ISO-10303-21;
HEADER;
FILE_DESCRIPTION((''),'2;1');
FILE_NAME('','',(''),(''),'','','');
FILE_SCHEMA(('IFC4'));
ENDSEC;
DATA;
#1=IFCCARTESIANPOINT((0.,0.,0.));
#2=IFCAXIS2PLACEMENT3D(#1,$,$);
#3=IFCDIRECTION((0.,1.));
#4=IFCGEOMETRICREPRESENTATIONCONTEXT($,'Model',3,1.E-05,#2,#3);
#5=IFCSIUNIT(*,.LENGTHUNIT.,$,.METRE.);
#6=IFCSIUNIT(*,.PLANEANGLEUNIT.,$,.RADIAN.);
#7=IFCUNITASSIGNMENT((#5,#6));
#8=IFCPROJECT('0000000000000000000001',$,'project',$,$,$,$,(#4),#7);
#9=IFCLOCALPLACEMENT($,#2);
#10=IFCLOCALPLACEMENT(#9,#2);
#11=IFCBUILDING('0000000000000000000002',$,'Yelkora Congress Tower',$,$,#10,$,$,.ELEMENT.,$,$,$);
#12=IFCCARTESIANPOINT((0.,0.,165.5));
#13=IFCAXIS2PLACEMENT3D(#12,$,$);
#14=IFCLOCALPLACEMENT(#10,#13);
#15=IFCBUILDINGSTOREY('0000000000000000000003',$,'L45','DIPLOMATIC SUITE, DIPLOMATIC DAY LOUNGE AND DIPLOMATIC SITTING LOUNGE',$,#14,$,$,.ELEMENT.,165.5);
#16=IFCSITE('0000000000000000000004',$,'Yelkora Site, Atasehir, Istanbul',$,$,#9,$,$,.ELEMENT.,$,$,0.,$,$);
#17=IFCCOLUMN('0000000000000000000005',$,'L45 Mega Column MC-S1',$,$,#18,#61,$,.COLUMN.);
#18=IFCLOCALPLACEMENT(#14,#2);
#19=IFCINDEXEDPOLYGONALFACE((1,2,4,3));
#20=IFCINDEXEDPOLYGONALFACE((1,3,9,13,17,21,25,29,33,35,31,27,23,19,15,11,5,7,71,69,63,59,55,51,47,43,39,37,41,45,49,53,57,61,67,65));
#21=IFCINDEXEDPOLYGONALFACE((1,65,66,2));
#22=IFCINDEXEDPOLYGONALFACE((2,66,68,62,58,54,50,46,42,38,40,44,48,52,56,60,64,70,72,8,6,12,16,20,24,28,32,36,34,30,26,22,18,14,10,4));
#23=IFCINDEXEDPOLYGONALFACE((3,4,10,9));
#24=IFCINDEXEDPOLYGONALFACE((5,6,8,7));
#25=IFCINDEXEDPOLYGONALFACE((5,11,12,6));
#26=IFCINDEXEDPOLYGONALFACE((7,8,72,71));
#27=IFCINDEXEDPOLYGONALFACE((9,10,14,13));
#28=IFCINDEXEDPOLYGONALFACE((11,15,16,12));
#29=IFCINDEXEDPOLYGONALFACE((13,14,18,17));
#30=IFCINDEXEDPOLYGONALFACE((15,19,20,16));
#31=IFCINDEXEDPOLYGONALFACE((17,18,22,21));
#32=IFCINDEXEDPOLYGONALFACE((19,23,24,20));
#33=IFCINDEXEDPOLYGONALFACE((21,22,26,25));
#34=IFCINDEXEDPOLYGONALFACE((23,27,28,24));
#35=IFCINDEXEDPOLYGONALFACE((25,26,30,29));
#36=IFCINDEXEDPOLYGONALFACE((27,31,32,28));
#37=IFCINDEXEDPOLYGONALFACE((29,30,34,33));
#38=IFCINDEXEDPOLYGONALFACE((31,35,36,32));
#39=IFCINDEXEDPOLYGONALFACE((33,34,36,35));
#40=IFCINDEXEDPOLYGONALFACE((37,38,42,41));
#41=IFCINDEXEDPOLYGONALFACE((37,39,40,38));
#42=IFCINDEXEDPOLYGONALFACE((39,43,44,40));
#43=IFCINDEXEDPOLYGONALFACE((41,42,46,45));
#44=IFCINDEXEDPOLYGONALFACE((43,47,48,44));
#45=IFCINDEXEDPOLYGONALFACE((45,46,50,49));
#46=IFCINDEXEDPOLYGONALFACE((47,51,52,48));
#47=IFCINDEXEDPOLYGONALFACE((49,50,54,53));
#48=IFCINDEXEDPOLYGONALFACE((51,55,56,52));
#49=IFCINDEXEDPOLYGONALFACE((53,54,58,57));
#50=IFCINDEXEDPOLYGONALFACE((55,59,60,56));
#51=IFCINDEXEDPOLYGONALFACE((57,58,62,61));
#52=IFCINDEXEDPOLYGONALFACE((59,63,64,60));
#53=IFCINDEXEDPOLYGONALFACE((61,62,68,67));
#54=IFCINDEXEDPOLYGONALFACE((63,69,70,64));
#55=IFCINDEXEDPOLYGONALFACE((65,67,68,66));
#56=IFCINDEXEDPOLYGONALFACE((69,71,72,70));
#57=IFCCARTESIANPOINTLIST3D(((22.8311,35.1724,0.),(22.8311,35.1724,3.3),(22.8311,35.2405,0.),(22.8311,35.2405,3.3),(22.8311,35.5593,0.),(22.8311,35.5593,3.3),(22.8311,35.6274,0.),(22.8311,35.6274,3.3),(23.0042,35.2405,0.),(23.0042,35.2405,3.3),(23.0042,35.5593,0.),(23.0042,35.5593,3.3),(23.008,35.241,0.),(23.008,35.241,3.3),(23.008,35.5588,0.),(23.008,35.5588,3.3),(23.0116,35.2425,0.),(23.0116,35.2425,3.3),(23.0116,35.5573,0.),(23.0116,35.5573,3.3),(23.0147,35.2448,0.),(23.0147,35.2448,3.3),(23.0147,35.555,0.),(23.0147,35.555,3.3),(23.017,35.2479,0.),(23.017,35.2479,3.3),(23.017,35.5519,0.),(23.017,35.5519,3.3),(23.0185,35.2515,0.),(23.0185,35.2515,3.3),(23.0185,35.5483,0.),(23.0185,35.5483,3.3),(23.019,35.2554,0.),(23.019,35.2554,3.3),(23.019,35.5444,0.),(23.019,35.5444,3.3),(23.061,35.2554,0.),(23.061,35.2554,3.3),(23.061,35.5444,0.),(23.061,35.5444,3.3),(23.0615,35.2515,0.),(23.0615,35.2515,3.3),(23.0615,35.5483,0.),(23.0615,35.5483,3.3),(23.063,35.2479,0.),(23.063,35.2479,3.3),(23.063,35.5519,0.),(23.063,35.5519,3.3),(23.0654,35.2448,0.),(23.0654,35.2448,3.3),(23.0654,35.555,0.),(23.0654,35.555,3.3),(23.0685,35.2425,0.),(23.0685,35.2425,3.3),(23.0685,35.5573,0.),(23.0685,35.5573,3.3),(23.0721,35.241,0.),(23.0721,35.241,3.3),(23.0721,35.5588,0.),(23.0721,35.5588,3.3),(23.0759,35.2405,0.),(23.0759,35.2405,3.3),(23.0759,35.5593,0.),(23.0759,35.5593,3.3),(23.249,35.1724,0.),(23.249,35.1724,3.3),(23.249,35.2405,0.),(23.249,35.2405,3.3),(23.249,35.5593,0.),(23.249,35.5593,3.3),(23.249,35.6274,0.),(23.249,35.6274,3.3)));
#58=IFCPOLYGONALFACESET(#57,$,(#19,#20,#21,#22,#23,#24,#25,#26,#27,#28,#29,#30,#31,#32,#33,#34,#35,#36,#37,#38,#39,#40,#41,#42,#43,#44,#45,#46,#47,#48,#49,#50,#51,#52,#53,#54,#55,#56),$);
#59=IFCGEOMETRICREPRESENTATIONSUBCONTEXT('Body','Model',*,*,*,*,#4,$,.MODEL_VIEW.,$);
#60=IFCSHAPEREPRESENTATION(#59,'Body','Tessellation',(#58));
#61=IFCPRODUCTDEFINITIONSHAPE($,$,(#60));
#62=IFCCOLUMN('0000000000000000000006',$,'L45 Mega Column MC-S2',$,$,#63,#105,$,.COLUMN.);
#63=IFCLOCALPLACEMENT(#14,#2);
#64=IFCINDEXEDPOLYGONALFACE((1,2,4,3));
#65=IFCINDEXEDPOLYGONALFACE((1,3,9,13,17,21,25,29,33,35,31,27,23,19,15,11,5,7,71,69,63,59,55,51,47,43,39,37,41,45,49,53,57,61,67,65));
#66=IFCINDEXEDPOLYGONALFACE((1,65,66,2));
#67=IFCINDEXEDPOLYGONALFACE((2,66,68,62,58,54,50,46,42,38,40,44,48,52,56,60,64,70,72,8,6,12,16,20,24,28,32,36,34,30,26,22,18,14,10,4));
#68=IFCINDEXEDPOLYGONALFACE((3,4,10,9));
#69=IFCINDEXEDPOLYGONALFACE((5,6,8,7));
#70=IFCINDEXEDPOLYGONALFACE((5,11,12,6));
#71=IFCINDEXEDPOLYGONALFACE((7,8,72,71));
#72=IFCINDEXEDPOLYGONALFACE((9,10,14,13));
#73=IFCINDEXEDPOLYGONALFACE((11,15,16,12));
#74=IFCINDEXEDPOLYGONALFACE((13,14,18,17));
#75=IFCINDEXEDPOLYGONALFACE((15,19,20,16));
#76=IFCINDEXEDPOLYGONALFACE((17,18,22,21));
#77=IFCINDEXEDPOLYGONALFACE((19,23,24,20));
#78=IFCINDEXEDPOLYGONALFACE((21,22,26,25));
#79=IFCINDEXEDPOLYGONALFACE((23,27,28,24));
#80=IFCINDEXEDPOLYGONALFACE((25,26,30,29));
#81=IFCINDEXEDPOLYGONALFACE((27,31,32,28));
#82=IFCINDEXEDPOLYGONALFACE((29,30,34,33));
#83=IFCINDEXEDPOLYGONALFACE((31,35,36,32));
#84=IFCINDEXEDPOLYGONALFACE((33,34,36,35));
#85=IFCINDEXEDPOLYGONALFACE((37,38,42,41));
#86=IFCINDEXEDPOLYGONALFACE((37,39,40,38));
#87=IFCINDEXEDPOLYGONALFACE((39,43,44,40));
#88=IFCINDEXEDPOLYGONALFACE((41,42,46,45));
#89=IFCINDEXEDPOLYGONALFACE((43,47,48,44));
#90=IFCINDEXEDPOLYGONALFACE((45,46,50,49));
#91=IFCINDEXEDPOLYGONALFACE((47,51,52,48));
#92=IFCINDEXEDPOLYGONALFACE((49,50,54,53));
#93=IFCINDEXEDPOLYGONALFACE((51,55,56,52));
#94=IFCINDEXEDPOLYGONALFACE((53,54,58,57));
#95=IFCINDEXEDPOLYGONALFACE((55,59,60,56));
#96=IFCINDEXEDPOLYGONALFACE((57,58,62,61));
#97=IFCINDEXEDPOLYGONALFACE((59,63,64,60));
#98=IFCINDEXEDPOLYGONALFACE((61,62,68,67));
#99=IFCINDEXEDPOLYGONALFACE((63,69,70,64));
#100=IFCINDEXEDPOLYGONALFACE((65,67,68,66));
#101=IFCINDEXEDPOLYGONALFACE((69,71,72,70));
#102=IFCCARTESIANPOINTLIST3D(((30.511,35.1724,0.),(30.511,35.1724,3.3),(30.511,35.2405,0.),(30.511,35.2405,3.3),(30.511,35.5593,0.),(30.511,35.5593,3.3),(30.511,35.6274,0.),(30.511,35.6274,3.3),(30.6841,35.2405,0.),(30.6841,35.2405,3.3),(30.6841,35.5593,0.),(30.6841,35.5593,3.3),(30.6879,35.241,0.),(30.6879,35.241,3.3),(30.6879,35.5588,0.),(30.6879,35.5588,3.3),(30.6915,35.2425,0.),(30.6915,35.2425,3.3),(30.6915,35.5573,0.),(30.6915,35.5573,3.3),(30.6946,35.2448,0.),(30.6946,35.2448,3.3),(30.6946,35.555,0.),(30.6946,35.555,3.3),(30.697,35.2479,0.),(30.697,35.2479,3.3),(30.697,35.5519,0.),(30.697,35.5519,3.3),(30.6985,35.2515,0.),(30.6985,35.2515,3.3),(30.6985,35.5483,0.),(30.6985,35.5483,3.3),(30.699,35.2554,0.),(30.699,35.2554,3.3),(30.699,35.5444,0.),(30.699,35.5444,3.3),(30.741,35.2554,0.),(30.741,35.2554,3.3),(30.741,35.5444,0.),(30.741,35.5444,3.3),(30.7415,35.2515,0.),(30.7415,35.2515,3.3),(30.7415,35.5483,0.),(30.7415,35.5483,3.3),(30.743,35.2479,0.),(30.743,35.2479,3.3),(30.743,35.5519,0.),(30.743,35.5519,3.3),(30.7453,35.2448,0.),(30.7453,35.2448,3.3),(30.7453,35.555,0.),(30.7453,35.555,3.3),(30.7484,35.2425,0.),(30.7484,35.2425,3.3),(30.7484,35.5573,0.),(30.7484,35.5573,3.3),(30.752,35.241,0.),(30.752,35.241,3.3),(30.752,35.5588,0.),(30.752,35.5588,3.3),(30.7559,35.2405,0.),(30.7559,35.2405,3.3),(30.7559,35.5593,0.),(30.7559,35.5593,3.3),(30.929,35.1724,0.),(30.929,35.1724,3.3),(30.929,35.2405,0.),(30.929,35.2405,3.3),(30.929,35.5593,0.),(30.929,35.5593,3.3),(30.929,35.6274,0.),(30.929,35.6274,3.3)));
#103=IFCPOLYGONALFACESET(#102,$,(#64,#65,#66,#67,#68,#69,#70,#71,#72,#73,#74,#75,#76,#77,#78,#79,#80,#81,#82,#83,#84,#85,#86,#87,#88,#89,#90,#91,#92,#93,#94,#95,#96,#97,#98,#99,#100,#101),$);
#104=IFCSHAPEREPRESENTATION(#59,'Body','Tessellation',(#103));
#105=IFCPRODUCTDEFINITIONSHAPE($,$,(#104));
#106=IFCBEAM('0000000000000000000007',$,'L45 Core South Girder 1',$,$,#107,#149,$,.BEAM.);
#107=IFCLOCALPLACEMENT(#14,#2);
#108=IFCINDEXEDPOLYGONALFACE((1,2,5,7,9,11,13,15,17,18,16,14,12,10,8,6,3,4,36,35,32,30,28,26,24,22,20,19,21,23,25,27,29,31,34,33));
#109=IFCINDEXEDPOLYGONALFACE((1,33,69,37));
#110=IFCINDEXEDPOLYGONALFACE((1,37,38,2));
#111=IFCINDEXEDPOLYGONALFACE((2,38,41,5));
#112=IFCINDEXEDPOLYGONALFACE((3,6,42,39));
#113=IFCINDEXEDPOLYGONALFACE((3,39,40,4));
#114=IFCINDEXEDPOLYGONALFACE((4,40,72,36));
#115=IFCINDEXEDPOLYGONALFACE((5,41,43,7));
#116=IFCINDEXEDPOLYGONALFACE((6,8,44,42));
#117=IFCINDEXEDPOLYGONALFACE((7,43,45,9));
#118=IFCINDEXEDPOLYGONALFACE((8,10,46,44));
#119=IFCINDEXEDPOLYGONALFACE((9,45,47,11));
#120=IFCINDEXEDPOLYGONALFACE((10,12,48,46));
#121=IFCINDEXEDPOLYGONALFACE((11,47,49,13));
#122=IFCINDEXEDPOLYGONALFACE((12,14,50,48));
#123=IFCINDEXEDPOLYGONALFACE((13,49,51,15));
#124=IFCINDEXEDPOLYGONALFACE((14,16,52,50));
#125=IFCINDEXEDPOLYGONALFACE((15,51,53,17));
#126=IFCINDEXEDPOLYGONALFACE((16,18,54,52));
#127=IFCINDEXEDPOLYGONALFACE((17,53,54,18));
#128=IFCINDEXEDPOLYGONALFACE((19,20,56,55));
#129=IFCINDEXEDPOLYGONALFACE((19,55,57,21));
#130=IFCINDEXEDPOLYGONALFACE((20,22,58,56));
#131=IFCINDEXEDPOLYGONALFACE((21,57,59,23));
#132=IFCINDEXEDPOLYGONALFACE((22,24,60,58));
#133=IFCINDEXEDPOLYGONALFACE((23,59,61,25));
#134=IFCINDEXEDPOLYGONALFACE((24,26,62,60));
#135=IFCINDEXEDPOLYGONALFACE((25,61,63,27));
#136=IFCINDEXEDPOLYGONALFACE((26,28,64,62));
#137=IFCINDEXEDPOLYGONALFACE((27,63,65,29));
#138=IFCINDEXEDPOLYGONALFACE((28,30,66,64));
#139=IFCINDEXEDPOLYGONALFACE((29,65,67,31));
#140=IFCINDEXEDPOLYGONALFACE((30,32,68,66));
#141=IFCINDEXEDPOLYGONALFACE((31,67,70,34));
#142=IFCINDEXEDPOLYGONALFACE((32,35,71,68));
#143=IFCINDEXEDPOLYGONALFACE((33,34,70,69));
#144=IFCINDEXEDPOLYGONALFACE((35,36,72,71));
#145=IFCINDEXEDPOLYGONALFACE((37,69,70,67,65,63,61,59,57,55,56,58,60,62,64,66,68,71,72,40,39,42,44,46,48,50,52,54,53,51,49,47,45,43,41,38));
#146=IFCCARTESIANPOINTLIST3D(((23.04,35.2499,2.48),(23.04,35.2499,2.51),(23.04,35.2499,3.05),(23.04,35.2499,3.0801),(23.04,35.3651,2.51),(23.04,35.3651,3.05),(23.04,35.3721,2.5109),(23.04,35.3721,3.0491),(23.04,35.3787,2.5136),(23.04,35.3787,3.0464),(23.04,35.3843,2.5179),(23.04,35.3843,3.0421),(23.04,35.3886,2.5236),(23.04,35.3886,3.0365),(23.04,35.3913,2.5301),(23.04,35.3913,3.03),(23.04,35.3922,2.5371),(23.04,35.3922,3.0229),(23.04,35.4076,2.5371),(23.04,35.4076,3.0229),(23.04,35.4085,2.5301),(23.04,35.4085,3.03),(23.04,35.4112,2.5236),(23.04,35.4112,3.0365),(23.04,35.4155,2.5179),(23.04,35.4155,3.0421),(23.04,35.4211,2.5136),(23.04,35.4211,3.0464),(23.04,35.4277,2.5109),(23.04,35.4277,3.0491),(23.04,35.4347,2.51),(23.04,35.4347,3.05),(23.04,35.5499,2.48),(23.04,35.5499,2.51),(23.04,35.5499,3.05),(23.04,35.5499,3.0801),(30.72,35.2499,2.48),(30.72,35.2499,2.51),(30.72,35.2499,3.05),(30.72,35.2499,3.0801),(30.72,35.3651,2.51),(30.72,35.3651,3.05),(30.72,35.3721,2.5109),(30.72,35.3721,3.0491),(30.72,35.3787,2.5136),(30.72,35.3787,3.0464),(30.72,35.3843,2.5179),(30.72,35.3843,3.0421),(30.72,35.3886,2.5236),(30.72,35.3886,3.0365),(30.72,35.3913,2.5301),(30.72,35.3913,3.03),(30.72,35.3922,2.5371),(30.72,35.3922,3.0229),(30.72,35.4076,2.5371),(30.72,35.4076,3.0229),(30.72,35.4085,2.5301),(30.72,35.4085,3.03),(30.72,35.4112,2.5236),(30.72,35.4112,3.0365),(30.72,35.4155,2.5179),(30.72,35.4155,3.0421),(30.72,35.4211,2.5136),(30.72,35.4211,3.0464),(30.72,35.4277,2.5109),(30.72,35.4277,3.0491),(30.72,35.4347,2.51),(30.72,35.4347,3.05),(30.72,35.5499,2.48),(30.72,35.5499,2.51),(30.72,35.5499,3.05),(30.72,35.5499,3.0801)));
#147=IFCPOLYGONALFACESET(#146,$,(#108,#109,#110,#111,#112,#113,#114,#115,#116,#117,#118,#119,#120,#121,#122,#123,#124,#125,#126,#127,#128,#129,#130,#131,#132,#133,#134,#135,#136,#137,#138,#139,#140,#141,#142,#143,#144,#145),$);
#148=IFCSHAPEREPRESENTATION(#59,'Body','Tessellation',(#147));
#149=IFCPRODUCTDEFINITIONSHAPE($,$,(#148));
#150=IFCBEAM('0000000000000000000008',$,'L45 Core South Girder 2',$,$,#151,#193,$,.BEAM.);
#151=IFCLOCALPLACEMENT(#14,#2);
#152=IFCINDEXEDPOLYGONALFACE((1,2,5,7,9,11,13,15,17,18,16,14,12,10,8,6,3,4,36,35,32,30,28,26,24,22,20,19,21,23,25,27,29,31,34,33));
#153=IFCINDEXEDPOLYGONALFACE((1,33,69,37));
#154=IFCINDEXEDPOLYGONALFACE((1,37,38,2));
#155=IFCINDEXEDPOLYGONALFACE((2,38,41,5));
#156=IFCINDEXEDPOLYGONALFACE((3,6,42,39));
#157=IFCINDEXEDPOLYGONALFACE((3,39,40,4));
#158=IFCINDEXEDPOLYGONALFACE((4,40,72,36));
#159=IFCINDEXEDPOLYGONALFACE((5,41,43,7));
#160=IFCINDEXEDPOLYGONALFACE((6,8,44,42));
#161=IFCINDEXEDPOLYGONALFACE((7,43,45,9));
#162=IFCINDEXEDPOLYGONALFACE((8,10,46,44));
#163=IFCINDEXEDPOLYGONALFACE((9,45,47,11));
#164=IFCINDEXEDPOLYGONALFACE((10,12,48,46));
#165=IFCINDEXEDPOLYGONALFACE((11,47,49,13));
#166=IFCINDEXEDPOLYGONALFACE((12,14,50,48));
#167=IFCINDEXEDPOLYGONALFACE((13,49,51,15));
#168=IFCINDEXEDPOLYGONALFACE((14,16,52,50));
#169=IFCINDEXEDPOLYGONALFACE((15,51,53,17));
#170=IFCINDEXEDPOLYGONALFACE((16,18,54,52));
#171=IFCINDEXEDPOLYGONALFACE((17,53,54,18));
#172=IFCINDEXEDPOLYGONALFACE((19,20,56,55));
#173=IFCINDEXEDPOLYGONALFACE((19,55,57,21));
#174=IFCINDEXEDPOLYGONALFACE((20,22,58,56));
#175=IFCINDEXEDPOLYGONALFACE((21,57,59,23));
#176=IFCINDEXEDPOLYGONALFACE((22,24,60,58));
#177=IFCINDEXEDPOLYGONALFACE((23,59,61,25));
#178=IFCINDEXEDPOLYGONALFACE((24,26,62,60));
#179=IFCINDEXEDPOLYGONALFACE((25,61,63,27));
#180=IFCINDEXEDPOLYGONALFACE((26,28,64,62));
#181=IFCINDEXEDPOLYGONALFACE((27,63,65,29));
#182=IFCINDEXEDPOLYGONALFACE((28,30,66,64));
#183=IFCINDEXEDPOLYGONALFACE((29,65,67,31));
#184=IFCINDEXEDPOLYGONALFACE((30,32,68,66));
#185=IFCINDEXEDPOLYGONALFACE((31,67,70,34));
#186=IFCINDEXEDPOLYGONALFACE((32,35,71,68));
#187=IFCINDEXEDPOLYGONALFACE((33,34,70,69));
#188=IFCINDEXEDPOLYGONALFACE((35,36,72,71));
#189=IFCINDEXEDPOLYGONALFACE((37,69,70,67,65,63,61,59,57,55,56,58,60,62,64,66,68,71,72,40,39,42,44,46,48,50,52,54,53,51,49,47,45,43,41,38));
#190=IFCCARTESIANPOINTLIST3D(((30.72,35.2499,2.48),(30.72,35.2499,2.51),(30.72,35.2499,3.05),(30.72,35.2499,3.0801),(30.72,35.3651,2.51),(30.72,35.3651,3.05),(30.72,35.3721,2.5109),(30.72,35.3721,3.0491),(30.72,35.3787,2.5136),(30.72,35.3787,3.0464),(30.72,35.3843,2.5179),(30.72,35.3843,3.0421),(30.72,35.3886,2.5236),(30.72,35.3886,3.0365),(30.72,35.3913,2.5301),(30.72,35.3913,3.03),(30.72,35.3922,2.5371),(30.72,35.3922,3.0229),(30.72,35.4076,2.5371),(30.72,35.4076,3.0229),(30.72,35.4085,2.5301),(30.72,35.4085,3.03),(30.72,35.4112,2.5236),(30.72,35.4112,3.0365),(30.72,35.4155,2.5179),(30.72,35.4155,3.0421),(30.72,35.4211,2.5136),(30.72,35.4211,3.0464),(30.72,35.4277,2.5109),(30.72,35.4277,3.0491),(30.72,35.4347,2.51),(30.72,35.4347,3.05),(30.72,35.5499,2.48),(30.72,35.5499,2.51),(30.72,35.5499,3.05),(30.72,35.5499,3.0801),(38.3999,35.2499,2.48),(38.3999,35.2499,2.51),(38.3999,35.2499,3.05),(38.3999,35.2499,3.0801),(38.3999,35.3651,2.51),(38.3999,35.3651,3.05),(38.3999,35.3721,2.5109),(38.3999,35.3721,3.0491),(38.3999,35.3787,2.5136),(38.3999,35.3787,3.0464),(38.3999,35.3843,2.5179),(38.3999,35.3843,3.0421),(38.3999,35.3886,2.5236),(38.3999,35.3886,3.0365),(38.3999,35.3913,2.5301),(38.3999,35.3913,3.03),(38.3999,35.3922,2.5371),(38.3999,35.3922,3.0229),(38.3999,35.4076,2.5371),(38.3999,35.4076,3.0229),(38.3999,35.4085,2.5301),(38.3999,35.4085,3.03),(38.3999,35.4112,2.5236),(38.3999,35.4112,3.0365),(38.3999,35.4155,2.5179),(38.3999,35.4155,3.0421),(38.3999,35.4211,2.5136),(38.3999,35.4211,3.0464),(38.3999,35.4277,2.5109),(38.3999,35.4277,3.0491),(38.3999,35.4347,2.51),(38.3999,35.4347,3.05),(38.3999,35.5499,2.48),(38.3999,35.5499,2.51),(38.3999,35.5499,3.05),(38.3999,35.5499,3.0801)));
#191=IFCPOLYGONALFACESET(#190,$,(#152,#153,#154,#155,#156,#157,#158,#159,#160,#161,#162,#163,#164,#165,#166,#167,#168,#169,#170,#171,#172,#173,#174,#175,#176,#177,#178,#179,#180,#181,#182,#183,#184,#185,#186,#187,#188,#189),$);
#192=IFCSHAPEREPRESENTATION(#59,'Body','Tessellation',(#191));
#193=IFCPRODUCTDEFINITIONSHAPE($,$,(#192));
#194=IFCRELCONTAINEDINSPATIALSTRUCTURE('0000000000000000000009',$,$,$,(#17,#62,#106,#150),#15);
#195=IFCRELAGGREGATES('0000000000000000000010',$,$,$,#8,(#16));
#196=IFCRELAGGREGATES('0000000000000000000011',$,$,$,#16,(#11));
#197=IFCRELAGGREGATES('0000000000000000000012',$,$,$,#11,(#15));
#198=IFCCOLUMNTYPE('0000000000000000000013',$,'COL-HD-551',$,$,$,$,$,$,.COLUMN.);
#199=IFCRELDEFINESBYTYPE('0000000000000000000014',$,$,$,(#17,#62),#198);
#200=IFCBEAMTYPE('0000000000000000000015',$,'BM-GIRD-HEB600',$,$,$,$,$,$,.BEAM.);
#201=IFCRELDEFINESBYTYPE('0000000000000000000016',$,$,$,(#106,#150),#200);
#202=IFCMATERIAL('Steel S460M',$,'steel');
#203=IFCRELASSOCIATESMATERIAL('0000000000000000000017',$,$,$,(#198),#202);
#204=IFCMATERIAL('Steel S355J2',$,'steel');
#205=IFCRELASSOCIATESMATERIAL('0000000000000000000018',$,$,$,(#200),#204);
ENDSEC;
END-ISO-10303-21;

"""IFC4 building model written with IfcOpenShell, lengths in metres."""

from ifc_helpers import new_model, si_unit, direction, frame, origin, origin_2d, place, context, subcontext, project, spatial, i_section, extrude, material, material_profile, profile_set, type_object, element, save


model = new_model("IFC4")

# Units and contexts
model_context = context("Model", 3, precision=1e-05, world=origin(), true_north=direction((0.0, 1.0)))
body_context = subcontext(model_context, "Body", "Model", "MODEL_VIEW")
ifc_project = project(units=[si_unit("LENGTHUNIT", "METRE"), si_unit("PLANEANGLEUNIT", "RADIAN")], contexts=[model_context])

# Site, building, storey
site_placement = place(None, origin())
site = spatial("IfcSite", under=ifc_project, at=site_placement, Name="Yelkora Site, Atasehir, Istanbul", CompositionType="ELEMENT", RefElevation=0.0)
building_placement = place(site_placement, origin())
building = spatial("IfcBuilding", under=site, at=building_placement, Name="Yelkora Congress Tower", CompositionType="ELEMENT")
storey_placement = place(building_placement, frame((0.0, 0.0, 165.5)))
storey = spatial("IfcBuildingStorey", under=building, at=storey_placement, Name="L45", Description="DIPLOMATIC SUITE, DIPLOMATIC DAY LOUNGE AND DIPLOMATIC SITTING LOUNGE", CompositionType="ELEMENT", Elevation=165.5)

# Columns
ifc_material_1 = material(Name="Steel S460M", Category="steel")
ifc_material_profile_1 = material_profile(ifc_material_1, i_section(OverallWidth=0.418, OverallDepth=0.4551, WebThickness=0.042, FlangeThickness=0.0681, FilletRadius=0.0149, at=origin_2d()), Name="HD 400x551")
ifc_profile_set_1 = profile_set([ifc_material_profile_1], Name="Steel S460M")
column_type = type_object("IfcColumnType", Name="COL-HD-551", PredefinedType="COLUMN", material=ifc_profile_set_1)
for number, where, z_axis, x_axis, name in (
    (1, (23.04, 35.3999, 0.0), (0.0, 0.0, 1.0), (1.0, 0.0, 0.0), "L45 Mega Column MC-S1"),
    (2, (30.72, 35.3999, 0.0), (0.0, 0.0, 1.0), (1.0, 0.0, 0.0), "L45 Mega Column MC-S2"),
):
    element("IfcColumn", number, at=place(storey_placement, frame(where, z_axis=z_axis, x_axis=x_axis)), inside=storey, type_object=column_type, Name=name, PredefinedType="COLUMN", context=body_context, shape_type="SweptSolid", body=[
        extrude(i_section(OverallWidth=0.418, OverallDepth=0.4551, WebThickness=0.042, FlangeThickness=0.0681, FilletRadius=0.0149, at=origin_2d()), origin(), (0.0, 0.0, 1.0), 3.3),
    ])

# Beams
ifc_material_2 = material(Name="Steel S355J2", Category="steel")
ifc_material_profile_2 = material_profile(ifc_material_2, i_section(OverallWidth=0.3, OverallDepth=0.6001, WebThickness=0.0154, FlangeThickness=0.03, FilletRadius=0.0271, at=origin_2d()), Name="HEB 600")
ifc_profile_set_2 = profile_set([ifc_material_profile_2], Name="Steel S355J2")
beam_type_1 = type_object("IfcBeamType", Name="BM-GIRD-HEB600", PredefinedType="BEAM", material=ifc_profile_set_2)
for number, where, z_axis, x_axis, name in (
    (3, (23.04, 35.3999, 2.78), (1.0, 0.0, 0.0), (0.0, 1.0, 0.0), "L45 Core South Girder 1"),
    (4, (30.72, 35.3999, 2.78), (1.0, 0.0, 0.0), (0.0, 1.0, 0.0), "L45 Core South Girder 2"),
):
    element("IfcBeam", number, at=place(storey_placement, frame(where, z_axis=z_axis, x_axis=x_axis)), inside=storey, type_object=beam_type_1, Name=name, PredefinedType="BEAM", context=body_context, shape_type="SweptSolid", body=[
        extrude(i_section(OverallWidth=0.3, OverallDepth=0.6001, WebThickness=0.0154, FlangeThickness=0.03, FilletRadius=0.0271, at=origin_2d()), origin(), (0.0, 0.0, 1.0), 7.6799),
    ])

save(model, "model.ifc")
